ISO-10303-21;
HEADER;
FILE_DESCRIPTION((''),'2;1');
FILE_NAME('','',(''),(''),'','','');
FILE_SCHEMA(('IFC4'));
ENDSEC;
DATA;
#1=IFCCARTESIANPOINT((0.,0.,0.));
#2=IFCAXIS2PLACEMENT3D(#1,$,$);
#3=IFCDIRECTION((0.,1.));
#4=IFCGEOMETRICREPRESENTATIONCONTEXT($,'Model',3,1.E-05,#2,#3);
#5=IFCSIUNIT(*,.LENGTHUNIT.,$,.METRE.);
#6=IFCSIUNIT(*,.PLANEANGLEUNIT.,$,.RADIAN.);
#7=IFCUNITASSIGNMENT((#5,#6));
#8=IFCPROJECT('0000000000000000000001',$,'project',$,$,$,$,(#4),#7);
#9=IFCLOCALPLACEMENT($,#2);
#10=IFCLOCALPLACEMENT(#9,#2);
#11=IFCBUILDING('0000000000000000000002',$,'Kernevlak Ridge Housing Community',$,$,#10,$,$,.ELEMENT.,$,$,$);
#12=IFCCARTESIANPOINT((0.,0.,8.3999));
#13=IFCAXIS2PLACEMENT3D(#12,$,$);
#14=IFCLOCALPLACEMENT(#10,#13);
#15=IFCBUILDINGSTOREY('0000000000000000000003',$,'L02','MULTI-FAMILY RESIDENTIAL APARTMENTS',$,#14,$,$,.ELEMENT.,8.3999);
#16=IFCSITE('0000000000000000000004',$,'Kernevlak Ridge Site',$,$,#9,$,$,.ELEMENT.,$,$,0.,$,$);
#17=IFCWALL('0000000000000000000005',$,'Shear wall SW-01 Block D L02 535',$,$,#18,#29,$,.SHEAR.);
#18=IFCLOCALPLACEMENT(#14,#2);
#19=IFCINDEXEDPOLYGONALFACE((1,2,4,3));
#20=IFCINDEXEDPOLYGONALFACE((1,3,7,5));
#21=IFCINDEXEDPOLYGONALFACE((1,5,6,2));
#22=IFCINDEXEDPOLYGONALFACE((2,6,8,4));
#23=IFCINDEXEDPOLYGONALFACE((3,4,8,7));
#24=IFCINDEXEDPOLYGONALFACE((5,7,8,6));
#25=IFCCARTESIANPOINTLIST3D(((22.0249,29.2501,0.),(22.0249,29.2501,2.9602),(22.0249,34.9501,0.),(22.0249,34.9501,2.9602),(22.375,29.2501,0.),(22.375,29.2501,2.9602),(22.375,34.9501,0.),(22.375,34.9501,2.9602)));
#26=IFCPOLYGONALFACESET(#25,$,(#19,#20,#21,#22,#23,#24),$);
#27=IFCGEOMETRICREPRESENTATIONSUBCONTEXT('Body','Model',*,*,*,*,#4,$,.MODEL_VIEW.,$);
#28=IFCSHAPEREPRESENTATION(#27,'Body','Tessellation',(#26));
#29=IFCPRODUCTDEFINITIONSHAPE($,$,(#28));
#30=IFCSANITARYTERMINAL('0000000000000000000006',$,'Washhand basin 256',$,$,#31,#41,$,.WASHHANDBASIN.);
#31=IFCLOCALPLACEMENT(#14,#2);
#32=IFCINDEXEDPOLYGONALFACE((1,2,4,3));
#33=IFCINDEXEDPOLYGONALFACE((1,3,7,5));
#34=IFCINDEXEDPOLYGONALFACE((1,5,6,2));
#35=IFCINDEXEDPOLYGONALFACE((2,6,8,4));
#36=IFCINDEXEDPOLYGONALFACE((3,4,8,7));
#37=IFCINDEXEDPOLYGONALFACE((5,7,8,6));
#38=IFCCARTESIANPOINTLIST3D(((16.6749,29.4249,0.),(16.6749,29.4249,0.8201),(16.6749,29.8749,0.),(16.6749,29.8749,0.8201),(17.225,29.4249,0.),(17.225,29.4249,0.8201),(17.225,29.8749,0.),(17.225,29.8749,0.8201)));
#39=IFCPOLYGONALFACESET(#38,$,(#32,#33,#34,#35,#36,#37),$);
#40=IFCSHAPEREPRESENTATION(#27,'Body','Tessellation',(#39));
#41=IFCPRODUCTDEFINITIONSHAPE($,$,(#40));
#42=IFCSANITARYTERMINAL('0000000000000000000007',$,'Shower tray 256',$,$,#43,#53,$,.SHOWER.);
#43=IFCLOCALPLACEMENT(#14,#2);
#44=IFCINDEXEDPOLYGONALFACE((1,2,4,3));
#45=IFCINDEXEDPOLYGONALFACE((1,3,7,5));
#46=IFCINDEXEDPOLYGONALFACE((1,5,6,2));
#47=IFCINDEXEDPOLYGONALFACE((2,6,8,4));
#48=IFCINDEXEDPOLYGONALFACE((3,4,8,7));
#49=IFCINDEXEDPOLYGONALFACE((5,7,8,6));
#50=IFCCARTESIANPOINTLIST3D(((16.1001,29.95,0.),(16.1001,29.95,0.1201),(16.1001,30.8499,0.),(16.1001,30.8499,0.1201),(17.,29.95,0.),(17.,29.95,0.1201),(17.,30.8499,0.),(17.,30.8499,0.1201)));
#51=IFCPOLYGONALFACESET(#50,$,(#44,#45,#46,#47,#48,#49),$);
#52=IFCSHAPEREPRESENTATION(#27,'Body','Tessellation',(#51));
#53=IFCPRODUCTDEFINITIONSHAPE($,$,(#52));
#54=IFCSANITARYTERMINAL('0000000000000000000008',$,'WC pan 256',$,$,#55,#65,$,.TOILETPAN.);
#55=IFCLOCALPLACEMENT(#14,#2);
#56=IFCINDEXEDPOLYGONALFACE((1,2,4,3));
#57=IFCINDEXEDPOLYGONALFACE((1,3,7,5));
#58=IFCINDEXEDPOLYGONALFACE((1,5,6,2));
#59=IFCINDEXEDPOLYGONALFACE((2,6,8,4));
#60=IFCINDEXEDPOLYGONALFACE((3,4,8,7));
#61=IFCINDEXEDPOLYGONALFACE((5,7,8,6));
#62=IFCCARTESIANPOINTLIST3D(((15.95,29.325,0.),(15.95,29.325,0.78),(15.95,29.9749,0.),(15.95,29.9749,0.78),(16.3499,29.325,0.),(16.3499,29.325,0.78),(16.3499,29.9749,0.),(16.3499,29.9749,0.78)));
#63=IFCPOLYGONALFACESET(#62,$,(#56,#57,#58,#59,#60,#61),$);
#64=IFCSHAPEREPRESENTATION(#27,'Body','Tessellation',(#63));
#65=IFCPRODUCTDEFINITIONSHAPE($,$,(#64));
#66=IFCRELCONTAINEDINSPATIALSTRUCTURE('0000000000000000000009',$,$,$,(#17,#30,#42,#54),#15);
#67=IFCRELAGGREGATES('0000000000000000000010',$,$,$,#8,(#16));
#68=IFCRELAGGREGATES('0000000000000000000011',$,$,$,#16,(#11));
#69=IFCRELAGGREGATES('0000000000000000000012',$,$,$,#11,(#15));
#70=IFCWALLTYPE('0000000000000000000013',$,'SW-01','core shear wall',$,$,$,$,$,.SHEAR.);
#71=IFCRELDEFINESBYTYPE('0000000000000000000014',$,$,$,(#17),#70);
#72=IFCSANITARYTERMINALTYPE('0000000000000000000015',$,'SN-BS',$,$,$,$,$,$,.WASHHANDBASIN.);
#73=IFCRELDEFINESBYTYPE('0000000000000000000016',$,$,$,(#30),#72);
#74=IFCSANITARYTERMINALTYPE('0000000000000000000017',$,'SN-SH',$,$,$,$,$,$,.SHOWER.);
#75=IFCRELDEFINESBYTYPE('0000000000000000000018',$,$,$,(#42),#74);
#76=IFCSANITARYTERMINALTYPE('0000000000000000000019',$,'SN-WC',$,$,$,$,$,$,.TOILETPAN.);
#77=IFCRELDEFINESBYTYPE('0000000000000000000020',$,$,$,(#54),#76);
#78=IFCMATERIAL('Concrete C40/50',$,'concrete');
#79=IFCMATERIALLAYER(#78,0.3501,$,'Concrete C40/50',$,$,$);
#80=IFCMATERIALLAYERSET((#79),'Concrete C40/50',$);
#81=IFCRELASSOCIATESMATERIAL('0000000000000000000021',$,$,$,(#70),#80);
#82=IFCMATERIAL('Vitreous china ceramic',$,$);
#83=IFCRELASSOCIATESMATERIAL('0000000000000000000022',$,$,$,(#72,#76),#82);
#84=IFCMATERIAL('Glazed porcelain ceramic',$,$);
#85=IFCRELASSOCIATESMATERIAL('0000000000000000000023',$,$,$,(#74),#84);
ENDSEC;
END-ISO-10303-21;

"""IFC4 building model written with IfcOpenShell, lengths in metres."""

from ifc_helpers import new_model, si_unit, direction, frame, frame_2d, origin, origin_2d, place, context, subcontext, project, spatial, rectangle, extrude, material, layer, layer_set, type_object, element, save


model = new_model("IFC4")

# Units and contexts
model_context = context("Model", 3, precision=1e-05, world=origin(), true_north=direction((0.0, 1.0)))
body_context = subcontext(model_context, "Body", "Model", "MODEL_VIEW")
ifc_project = project(units=[si_unit("LENGTHUNIT", "METRE"), si_unit("PLANEANGLEUNIT", "RADIAN")], contexts=[model_context])

# Site, building, storey
site_placement = place(None, origin())
site = spatial("IfcSite", under=ifc_project, at=site_placement, Name="Kernevlak Ridge Site", CompositionType="ELEMENT", RefElevation=0.0)
building_placement = place(site_placement, origin())
building = spatial("IfcBuilding", under=site, at=building_placement, Name="Kernevlak Ridge Housing Community", CompositionType="ELEMENT")
storey_placement = place(building_placement, frame((0.0, 0.0, 8.3999)))
storey = spatial("IfcBuildingStorey", under=building, at=storey_placement, Name="L02", Description="MULTI-FAMILY RESIDENTIAL APARTMENTS", CompositionType="ELEMENT", Elevation=8.3999)

# Wall
ifc_material_1 = material(Name="Concrete C40/50", Category="concrete")
ifc_layer_1 = layer(ifc_material_1, 0.3501, Name="Concrete C40/50")
ifc_layer_set_1 = layer_set([ifc_layer_1], Name="Concrete C40/50")
wall_type_1 = type_object("IfcWallType", Name="SW-01", Description="core shear wall", PredefinedType="SHEAR", material=ifc_layer_set_1)
wall_1_placement = place(storey_placement, frame((22.2, 29.25, 0.0), z_axis=(0.0, 0.0, 1.0), x_axis=(0.0, 1.0, 0.0)))
element("IfcWall", 1, at=wall_1_placement, inside=storey, type_object=wall_type_1, Name="Shear wall SW-01 Block D L02 535", PredefinedType="SHEAR", context=body_context, shape_type="SweptSolid", body=[
    extrude(rectangle(XDim=5.7, YDim=0.3501, at=frame_2d((2.8501, 0.0))), origin(), (0.0, 0.0, 1.0), 2.9602),
])

# Sanitary terminals
ifc_material_2 = material(Name="Vitreous china ceramic")
sanitary_terminal_type_1 = type_object("IfcSanitaryTerminalType", Name="SN-BS", PredefinedType="WASHHANDBASIN", material=ifc_material_2)
sanitary_terminal_1_placement = place(storey_placement, frame((16.95, 29.6499, 0.0), z_axis=(0.0, 0.0, 1.0), x_axis=(1.0, 0.0, 0.0)))
element("IfcSanitaryTerminal", 2, at=sanitary_terminal_1_placement, inside=storey, type_object=sanitary_terminal_type_1, Name="Washhand basin 256", PredefinedType="WASHHANDBASIN", context=body_context, shape_type="SweptSolid", body=[
    extrude(rectangle(XDim=0.55, YDim=0.45, at=origin_2d()), origin(), (0.0, 0.0, 1.0), 0.8201),
])
ifc_material_3 = material(Name="Glazed porcelain ceramic")
sanitary_terminal_type_2 = type_object("IfcSanitaryTerminalType", Name="SN-SH", PredefinedType="SHOWER", material=ifc_material_3)
sanitary_terminal_2_placement = place(storey_placement, frame((16.55, 30.3999, 0.0), z_axis=(0.0, 0.0, 1.0), x_axis=(1.0, 0.0, 0.0)))
element("IfcSanitaryTerminal", 3, at=sanitary_terminal_2_placement, inside=storey, type_object=sanitary_terminal_type_2, Name="Shower tray 256", PredefinedType="SHOWER", context=body_context, shape_type="SweptSolid", body=[
    extrude(rectangle(XDim=0.8999, YDim=0.8999, at=origin_2d()), origin(), (0.0, 0.0, 1.0), 0.1201),
])
sanitary_terminal_type_3 = type_object("IfcSanitaryTerminalType", Name="SN-WC", PredefinedType="TOILETPAN", material=ifc_material_2)
sanitary_terminal_3_placement = place(storey_placement, frame((16.1499, 29.6499, 0.0), z_axis=(0.0, 0.0, 1.0), x_axis=(1.0, 0.0, 0.0)))
element("IfcSanitaryTerminal", 4, at=sanitary_terminal_3_placement, inside=storey, type_object=sanitary_terminal_type_3, Name="WC pan 256", PredefinedType="TOILETPAN", context=body_context, shape_type="SweptSolid", body=[
    extrude(rectangle(XDim=0.3999, YDim=0.6499, at=origin_2d()), origin(), (0.0, 0.0, 1.0), 0.78),
])

save(model, "model.ifc")
